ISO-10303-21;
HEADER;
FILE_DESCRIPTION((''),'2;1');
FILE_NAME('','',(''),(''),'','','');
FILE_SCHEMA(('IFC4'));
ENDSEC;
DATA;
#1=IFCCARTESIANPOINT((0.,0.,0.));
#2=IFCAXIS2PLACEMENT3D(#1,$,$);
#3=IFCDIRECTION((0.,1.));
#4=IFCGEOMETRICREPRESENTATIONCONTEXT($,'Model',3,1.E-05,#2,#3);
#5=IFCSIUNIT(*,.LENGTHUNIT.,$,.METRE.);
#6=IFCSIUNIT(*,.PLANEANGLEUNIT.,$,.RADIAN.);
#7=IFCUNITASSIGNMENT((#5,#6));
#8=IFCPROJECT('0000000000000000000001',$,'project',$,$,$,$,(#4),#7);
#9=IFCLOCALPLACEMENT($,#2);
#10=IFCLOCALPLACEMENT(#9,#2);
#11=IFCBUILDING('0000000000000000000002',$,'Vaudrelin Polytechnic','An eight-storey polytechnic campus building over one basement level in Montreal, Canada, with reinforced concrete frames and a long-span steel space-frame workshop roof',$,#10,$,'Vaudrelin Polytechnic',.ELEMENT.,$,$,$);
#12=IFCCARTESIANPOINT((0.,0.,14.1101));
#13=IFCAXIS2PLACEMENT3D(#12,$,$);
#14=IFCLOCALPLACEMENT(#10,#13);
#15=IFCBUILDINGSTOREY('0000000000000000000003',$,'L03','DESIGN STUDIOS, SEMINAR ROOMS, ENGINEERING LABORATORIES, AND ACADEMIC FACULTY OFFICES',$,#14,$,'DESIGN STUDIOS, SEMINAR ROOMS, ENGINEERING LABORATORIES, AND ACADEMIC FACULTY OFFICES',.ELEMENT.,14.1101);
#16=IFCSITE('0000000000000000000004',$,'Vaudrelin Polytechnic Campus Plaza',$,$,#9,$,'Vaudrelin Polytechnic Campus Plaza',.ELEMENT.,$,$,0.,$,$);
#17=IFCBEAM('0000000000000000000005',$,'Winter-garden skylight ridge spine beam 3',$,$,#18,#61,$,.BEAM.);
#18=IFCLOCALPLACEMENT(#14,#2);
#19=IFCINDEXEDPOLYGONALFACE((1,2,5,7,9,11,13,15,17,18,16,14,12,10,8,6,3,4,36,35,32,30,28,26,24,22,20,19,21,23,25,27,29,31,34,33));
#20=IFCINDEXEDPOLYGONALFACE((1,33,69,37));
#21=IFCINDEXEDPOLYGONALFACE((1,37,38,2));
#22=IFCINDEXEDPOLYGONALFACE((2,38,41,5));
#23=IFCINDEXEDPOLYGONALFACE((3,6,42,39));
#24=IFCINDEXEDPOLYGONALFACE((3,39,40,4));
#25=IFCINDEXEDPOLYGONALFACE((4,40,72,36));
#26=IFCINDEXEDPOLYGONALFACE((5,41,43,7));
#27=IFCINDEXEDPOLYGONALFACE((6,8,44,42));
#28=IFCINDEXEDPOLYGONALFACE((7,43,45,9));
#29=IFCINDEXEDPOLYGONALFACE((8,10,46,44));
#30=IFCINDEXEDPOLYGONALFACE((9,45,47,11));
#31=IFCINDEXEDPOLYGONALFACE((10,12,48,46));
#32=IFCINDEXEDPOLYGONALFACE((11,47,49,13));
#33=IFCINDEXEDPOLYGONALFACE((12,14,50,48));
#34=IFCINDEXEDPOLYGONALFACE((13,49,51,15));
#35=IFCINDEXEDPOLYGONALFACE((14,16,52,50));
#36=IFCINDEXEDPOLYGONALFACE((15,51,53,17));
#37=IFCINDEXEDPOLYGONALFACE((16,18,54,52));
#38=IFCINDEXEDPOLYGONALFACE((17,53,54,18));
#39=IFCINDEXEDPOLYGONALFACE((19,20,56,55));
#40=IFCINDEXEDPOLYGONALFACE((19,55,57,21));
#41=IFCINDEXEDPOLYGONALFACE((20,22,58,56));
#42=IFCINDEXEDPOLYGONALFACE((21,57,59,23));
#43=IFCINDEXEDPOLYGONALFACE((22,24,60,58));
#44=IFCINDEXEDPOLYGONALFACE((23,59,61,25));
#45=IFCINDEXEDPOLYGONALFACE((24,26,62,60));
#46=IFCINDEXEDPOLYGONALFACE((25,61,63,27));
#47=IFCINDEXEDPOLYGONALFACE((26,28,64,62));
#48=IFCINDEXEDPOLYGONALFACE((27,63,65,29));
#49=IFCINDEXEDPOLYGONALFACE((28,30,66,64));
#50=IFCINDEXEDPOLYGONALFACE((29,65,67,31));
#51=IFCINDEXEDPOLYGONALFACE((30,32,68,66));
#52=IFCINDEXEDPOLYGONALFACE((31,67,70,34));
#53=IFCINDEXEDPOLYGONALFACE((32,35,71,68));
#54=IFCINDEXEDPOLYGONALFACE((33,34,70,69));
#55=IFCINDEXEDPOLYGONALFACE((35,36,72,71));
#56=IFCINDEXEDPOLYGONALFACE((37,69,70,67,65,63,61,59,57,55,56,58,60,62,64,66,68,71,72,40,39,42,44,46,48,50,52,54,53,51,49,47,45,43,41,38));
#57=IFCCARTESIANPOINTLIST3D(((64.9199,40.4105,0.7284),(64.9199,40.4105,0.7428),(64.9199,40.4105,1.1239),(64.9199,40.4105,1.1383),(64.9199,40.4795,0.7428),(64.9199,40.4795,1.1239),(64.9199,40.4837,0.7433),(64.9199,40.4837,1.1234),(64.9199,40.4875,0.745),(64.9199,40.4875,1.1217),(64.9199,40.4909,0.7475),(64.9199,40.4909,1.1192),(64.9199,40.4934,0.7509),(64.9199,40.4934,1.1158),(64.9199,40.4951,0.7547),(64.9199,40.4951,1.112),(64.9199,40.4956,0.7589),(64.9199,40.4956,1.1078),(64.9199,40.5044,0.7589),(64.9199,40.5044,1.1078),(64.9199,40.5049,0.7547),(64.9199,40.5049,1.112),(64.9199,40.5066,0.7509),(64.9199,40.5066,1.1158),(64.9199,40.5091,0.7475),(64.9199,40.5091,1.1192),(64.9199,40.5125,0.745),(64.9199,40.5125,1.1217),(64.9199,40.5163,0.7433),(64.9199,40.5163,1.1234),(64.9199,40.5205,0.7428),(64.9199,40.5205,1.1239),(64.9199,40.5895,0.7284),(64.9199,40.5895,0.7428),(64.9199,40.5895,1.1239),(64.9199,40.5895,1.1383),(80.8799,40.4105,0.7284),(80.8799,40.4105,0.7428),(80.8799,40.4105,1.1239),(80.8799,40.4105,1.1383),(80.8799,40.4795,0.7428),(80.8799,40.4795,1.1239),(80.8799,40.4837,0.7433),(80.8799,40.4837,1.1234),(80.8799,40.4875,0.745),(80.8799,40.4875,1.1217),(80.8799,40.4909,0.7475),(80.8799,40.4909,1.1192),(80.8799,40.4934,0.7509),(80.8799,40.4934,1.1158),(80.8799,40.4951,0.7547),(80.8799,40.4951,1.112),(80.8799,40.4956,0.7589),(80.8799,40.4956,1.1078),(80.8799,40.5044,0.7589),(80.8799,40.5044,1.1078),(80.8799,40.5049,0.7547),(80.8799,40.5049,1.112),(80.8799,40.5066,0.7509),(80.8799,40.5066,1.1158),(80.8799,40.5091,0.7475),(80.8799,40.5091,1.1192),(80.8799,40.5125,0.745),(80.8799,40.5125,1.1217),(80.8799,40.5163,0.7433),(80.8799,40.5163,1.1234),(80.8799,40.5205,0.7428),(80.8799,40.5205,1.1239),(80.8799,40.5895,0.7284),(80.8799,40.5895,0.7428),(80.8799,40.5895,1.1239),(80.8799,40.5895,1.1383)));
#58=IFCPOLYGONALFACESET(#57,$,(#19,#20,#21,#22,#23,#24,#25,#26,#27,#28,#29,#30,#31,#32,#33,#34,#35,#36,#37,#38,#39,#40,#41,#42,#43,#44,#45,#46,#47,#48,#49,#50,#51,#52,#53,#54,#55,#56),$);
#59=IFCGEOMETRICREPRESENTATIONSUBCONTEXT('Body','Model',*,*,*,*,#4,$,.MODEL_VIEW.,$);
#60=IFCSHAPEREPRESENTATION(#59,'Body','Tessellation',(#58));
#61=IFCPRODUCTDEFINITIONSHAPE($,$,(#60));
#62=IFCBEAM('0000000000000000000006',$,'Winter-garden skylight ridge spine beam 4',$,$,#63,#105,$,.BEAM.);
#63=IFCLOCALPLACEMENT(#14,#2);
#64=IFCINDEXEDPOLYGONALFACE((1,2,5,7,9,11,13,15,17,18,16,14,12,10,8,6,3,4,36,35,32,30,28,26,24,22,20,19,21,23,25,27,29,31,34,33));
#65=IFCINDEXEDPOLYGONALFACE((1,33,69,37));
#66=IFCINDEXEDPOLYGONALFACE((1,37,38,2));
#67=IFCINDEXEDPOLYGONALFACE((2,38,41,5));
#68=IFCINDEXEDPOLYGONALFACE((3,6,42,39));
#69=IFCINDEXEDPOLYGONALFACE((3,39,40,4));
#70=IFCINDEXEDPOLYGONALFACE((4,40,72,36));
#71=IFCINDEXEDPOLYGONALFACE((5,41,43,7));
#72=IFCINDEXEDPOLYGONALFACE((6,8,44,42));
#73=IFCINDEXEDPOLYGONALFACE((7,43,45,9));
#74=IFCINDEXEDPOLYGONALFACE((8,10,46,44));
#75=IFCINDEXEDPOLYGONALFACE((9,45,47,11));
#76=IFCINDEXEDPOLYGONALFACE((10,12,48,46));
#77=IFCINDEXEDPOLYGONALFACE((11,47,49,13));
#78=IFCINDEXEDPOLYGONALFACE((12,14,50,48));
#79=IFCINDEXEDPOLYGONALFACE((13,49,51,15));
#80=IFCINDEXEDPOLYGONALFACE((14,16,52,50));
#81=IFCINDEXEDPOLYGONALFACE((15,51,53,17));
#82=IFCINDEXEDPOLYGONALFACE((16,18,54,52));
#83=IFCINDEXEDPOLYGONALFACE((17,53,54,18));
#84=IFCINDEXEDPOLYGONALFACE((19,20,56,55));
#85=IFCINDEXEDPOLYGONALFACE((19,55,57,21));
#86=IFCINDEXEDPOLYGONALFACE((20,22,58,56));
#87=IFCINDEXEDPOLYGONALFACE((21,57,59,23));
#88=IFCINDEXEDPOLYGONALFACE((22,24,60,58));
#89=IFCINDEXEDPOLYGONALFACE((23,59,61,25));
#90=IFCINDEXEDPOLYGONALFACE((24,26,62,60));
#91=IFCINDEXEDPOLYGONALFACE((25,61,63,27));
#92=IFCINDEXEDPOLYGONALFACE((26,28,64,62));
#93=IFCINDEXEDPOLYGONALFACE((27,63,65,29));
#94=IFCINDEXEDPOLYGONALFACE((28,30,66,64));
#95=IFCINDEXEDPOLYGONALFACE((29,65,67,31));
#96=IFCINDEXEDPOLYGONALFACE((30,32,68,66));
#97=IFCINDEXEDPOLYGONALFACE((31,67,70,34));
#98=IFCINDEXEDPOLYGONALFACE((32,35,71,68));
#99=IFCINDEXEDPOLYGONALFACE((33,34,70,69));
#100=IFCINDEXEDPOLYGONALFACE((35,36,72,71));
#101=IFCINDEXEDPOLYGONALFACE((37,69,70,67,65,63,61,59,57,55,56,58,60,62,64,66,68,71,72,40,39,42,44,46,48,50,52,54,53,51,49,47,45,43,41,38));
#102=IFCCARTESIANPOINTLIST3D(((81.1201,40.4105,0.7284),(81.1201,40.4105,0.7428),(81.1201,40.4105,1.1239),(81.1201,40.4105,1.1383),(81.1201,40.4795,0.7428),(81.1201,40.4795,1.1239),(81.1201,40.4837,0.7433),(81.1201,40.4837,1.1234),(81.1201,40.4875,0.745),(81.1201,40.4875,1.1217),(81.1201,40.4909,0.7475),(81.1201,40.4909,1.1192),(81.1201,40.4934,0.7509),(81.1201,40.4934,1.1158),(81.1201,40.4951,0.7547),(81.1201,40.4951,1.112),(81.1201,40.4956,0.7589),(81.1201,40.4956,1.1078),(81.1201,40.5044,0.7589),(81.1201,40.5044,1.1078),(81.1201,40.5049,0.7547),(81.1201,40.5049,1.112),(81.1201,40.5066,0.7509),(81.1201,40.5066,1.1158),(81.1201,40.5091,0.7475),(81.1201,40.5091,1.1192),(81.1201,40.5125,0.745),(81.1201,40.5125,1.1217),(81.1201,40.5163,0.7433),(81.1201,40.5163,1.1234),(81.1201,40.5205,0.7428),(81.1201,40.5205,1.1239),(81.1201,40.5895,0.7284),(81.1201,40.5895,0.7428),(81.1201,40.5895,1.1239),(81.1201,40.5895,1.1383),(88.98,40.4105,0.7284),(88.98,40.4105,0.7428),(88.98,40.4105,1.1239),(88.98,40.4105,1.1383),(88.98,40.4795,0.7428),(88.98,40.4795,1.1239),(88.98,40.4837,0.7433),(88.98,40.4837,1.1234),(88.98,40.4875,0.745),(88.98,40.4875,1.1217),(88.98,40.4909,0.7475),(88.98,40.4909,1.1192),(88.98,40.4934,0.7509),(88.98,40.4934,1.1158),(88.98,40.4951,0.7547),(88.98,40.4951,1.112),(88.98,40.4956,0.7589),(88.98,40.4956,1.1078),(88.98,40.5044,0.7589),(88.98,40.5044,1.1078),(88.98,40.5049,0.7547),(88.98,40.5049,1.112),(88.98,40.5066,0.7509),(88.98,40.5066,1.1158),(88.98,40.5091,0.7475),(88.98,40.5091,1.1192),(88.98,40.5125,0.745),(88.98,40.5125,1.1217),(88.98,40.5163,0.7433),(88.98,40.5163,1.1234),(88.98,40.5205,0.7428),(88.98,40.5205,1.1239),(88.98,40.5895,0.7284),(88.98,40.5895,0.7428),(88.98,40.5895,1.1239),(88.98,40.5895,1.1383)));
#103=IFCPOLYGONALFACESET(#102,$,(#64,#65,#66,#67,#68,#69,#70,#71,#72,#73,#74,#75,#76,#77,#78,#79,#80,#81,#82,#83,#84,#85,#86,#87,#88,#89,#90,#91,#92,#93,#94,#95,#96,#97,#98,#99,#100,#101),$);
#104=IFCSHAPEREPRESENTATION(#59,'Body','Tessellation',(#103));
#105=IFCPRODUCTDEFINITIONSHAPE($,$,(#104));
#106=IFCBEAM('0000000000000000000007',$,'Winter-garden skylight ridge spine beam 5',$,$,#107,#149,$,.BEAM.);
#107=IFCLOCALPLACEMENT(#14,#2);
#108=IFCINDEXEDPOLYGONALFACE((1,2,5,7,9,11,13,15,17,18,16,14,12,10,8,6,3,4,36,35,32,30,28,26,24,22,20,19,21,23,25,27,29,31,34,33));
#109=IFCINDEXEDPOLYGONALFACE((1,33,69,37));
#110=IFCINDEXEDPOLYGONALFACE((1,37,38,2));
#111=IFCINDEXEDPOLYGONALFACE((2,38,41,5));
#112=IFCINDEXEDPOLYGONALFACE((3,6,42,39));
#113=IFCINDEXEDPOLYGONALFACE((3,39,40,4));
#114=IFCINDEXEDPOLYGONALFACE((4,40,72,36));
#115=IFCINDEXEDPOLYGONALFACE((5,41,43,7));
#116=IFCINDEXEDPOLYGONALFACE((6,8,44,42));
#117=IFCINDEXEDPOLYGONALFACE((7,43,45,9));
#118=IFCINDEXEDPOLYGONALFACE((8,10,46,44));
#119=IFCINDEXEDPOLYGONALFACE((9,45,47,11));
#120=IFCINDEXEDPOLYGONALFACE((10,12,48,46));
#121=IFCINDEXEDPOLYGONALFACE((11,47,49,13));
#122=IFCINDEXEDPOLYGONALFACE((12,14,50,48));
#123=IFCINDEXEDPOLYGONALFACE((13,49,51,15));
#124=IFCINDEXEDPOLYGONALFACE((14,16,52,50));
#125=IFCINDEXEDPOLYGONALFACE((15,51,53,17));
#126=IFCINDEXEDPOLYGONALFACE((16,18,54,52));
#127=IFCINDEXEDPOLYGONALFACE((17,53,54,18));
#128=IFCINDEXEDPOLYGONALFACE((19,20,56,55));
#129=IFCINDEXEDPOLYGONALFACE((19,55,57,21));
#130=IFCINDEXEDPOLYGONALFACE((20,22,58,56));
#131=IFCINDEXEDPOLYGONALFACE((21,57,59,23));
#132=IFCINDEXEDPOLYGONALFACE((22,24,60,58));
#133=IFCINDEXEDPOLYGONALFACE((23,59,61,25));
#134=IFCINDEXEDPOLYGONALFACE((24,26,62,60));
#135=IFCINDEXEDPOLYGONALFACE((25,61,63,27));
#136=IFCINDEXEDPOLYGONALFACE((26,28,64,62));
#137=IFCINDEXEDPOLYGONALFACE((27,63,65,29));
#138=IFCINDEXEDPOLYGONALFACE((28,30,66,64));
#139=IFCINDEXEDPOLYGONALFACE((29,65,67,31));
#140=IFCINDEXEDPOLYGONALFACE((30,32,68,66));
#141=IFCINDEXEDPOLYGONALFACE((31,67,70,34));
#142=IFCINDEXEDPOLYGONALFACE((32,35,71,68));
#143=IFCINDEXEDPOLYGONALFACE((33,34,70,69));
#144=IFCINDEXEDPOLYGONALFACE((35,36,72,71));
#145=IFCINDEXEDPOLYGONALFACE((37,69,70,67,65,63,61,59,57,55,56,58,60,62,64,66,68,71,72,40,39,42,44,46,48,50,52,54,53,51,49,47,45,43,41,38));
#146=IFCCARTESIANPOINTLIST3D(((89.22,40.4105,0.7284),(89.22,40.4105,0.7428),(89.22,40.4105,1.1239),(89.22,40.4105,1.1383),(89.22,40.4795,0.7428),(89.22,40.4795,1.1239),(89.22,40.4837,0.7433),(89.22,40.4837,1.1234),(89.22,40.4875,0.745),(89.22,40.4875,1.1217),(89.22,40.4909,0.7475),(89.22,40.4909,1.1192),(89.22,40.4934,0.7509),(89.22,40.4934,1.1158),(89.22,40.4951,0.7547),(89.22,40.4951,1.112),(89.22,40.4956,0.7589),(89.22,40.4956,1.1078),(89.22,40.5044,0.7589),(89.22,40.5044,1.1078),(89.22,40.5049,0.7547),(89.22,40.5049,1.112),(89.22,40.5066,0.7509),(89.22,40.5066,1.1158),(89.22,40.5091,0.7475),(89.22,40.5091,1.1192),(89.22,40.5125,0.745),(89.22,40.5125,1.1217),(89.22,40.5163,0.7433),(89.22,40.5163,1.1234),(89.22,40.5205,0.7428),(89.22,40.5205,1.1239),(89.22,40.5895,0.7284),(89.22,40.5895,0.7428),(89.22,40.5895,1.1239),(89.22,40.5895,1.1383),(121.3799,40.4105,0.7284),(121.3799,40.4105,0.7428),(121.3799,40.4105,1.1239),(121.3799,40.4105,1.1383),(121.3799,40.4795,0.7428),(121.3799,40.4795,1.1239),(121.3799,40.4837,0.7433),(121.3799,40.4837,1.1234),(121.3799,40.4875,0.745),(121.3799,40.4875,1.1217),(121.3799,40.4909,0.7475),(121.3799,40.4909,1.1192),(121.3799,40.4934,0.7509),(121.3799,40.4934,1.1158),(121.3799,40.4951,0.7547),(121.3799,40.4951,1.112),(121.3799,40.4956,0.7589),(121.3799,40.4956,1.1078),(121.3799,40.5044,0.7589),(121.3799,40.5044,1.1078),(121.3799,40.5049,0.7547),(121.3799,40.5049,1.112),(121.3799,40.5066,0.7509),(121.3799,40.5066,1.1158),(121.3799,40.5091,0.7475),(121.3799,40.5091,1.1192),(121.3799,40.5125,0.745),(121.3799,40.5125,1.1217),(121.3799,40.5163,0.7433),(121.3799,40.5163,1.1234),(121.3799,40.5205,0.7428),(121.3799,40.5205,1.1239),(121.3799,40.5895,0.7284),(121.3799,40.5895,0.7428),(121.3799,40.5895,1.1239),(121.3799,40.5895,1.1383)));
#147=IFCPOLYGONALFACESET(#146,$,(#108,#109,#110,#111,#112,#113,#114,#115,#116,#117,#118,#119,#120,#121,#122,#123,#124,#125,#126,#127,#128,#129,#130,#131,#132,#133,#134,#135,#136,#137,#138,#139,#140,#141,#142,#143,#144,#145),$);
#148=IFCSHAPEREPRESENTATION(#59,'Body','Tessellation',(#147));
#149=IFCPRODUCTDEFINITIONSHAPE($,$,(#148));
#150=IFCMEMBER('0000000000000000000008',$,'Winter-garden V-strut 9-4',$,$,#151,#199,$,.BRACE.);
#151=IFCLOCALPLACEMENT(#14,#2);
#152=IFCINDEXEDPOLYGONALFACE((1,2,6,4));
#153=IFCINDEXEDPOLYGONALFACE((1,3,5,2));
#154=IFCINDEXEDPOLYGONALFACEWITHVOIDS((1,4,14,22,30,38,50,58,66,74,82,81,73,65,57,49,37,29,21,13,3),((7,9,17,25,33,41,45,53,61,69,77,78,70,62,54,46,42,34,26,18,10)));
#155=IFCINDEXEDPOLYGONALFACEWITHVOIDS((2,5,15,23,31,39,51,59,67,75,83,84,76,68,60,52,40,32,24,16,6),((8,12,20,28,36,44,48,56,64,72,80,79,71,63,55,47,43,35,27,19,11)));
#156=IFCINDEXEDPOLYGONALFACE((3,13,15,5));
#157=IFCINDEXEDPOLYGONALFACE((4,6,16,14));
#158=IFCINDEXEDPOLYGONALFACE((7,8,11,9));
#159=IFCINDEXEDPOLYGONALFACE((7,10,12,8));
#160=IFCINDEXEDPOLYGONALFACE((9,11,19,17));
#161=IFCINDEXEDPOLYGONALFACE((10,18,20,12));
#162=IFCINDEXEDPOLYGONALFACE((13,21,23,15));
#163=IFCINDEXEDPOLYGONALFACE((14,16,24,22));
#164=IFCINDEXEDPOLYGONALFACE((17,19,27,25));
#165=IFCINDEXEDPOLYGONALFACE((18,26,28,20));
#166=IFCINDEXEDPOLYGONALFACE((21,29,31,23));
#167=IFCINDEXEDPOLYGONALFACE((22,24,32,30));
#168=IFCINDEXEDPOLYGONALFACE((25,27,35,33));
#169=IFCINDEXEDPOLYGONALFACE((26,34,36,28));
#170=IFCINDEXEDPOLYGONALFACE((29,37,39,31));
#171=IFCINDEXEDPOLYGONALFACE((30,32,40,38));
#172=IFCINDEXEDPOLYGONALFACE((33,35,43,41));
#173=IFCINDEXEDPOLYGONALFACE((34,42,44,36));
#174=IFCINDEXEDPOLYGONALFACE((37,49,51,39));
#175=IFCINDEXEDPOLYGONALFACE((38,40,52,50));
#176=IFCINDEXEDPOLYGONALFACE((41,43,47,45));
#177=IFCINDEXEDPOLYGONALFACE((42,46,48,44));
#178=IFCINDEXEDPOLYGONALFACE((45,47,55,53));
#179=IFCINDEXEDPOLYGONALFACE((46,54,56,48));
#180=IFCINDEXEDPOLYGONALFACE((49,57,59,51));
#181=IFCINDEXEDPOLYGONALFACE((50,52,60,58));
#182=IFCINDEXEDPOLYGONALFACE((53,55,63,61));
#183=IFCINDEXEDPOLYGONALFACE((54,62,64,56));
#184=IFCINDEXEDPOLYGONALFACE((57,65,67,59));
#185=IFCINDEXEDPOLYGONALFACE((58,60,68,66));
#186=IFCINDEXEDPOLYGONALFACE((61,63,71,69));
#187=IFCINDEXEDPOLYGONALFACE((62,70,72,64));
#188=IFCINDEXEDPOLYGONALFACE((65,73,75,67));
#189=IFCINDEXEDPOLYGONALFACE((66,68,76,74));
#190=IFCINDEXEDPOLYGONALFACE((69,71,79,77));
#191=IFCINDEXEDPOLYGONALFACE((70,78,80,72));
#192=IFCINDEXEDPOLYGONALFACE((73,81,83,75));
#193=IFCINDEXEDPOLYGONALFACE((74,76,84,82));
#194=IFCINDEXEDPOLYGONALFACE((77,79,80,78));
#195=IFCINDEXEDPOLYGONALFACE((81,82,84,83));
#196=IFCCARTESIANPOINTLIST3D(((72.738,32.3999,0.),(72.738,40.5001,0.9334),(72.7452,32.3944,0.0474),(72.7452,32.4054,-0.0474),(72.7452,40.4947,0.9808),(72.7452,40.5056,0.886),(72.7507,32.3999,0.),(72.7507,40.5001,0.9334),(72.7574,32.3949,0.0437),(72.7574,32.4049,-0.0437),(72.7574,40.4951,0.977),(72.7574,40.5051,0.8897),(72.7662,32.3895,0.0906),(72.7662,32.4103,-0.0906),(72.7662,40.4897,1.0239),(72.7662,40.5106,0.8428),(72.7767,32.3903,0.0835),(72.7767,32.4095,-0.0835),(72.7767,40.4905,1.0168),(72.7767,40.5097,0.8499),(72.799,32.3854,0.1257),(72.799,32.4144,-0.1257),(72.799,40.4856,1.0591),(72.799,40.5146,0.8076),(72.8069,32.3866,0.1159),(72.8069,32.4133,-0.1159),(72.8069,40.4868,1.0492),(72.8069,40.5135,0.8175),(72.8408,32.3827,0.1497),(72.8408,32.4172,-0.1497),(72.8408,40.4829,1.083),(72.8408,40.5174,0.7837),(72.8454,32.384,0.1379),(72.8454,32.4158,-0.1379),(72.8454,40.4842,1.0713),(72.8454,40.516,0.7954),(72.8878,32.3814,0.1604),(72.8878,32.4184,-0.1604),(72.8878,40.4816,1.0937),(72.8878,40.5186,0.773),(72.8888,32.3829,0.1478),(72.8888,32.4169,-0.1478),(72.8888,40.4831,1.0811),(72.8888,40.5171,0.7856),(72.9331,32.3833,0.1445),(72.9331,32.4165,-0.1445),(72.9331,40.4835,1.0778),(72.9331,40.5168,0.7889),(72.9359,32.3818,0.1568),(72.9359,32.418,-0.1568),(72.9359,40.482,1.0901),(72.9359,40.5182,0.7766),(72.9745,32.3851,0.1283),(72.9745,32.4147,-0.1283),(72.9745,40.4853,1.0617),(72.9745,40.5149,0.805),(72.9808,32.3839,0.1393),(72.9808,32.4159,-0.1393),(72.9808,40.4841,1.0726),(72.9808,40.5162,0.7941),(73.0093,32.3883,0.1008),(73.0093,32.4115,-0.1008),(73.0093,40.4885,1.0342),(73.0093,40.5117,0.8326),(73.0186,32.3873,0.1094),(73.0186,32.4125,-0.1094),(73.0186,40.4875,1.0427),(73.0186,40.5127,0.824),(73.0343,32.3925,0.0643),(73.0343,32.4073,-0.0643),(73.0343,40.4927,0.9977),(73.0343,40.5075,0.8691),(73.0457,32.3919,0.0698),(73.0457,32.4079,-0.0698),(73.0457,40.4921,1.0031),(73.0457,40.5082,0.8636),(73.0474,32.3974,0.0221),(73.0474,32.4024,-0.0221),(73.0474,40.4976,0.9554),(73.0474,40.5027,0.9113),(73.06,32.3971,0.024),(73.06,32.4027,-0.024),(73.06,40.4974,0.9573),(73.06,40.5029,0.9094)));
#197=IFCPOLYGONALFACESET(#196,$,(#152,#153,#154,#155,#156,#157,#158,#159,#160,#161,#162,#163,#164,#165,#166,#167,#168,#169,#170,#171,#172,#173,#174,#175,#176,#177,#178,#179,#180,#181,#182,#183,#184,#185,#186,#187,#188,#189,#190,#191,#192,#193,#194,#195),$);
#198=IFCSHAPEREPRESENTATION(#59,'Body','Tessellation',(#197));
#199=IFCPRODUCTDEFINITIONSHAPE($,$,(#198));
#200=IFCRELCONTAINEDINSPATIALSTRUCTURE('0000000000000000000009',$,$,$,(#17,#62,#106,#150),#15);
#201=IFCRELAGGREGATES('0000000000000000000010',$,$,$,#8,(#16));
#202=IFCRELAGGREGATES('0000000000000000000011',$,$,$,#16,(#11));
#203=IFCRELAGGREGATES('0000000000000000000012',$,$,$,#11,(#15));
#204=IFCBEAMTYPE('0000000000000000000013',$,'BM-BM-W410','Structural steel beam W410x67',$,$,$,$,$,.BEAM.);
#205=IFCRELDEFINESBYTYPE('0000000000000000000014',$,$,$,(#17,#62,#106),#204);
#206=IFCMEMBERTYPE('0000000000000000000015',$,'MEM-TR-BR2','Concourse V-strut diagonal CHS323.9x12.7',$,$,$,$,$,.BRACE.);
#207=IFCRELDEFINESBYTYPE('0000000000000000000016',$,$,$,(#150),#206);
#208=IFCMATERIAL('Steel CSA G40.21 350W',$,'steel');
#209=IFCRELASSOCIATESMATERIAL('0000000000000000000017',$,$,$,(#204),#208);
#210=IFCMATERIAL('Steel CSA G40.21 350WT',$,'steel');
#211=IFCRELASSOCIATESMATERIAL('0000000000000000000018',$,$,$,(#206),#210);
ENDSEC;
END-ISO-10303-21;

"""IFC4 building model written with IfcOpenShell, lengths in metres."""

from ifc_helpers import new_model, si_unit, direction, frame, origin, origin_2d, place, context, subcontext, project, spatial, hollow_circle, i_section, extrude, material, material_profile, profile_set, type_object, element, save


model = new_model("IFC4")

# Units and contexts
model_context = context("Model", 3, precision=1e-05, world=origin(), true_north=direction((0.0, 1.0)))
body_context = subcontext(model_context, "Body", "Model", "MODEL_VIEW")
ifc_project = project(units=[si_unit("LENGTHUNIT", "METRE"), si_unit("PLANEANGLEUNIT", "RADIAN")], contexts=[model_context])

# Site, building, storey
site_placement = place(None, origin())
site = spatial("IfcSite", under=ifc_project, at=site_placement, Name="Vaudrelin Polytechnic Campus Plaza", LongName="Vaudrelin Polytechnic Campus Plaza", CompositionType="ELEMENT", RefElevation=0.0)
building_placement = place(site_placement, origin())
building = spatial("IfcBuilding", under=site, at=building_placement, Name="Vaudrelin Polytechnic", Description="An eight-storey polytechnic campus building over one basement level in Montreal, Canada, with reinforced concrete frames and a long-span steel space-frame workshop roof", LongName="Vaudrelin Polytechnic", CompositionType="ELEMENT")
storey_placement = place(building_placement, frame((0.0, 0.0, 14.1101)))
storey = spatial("IfcBuildingStorey", under=building, at=storey_placement, Name="L03", Description="DESIGN STUDIOS, SEMINAR ROOMS, ENGINEERING LABORATORIES, AND ACADEMIC FACULTY OFFICES", LongName="DESIGN STUDIOS, SEMINAR ROOMS, ENGINEERING LABORATORIES, AND ACADEMIC FACULTY OFFICES", CompositionType="ELEMENT", Elevation=14.1101)

# Shared definitions
ifc_material_1 = material(Name="Steel CSA G40.21 350W", Category="steel")

# Beams
ifc_material_profile_1 = material_profile(ifc_material_1, i_section(OverallWidth=0.179, OverallDepth=0.4099, WebThickness=0.0088, FlangeThickness=0.0144, FilletRadius=0.0161, at=origin_2d()), Name="W410x67")
ifc_profile_set_1 = profile_set([ifc_material_profile_1], Name="Steel CSA G40.21 350W")
beam_type = type_object("IfcBeamType", Name="BM-BM-W410", Description="Structural steel beam W410x67", PredefinedType="BEAM", material=ifc_profile_set_1)
beam_1_placement = place(storey_placement, frame((64.9199, 40.5, 0.9333), z_axis=(1.0, 0.0, 0.0), x_axis=(0.0, 1.0, 0.0)))
element("IfcBeam", 1, at=beam_1_placement, inside=storey, type_object=beam_type, Name="Winter-garden skylight ridge spine beam 3", PredefinedType="BEAM", context=body_context, shape_type="SweptSolid", body=[
    extrude(i_section(OverallWidth=0.179, OverallDepth=0.4099, WebThickness=0.0088, FlangeThickness=0.0144, FilletRadius=0.0161, at=origin_2d()), origin(), (0.0, 0.0, 1.0), 15.96),
])
beam_2_placement = place(storey_placement, frame((81.1201, 40.5, 0.9333), z_axis=(1.0, 0.0, 0.0), x_axis=(0.0, 1.0, 0.0)))
element("IfcBeam", 2, at=beam_2_placement, inside=storey, type_object=beam_type, Name="Winter-garden skylight ridge spine beam 4", PredefinedType="BEAM", context=body_context, shape_type="SweptSolid", body=[
    extrude(i_section(OverallWidth=0.179, OverallDepth=0.4099, WebThickness=0.0088, FlangeThickness=0.0144, FilletRadius=0.0161, at=origin_2d()), origin(), (0.0, 0.0, 1.0), 7.8599),
])
beam_3_placement = place(storey_placement, frame((89.22, 40.5, 0.9333), z_axis=(1.0, 0.0, 0.0), x_axis=(0.0, 1.0, 0.0)))
element("IfcBeam", 3, at=beam_3_placement, inside=storey, type_object=beam_type, Name="Winter-garden skylight ridge spine beam 5", PredefinedType="BEAM", context=body_context, shape_type="SweptSolid", body=[
    extrude(i_section(OverallWidth=0.179, OverallDepth=0.4099, WebThickness=0.0088, FlangeThickness=0.0144, FilletRadius=0.0161, at=origin_2d()), origin(), (0.0, 0.0, 1.0), 32.1599),
])

# Member
ifc_material_2 = material(Name="Steel CSA G40.21 350WT", Category="steel")
ifc_material_profile_2 = material_profile(ifc_material_2, hollow_circle(Radius=0.1619, WallThickness=0.0127, at=origin_2d()), Name="CHS323.9x12.7")
ifc_profile_set_2 = profile_set([ifc_material_profile_2], Name="Steel CSA G40.21 350WT")
member_type = type_object("IfcMemberType", Name="MEM-TR-BR2", Description="Concourse V-strut diagonal CHS323.9x12.7", PredefinedType="BRACE", material=ifc_profile_set_2)
for number, where, z_axis, x_axis, name in (
    (4, (72.8999, 32.3999, 0.0), (0.0, 0.993427, 0.11447), (-1.0, 0.0, 0.0), "Winter-garden V-strut 9-4"),
):
    element("IfcMember", number, at=place(storey_placement, frame(where, z_axis=z_axis, x_axis=x_axis)), inside=storey, type_object=member_type, Name=name, PredefinedType="BRACE", context=body_context, shape_type="SweptSolid", body=[
        extrude(hollow_circle(Radius=0.1619, WallThickness=0.0127, at=origin_2d()), origin(), (0.0, 0.0, 1.0), 8.1538),
    ])

save(model, "model.ifc")
